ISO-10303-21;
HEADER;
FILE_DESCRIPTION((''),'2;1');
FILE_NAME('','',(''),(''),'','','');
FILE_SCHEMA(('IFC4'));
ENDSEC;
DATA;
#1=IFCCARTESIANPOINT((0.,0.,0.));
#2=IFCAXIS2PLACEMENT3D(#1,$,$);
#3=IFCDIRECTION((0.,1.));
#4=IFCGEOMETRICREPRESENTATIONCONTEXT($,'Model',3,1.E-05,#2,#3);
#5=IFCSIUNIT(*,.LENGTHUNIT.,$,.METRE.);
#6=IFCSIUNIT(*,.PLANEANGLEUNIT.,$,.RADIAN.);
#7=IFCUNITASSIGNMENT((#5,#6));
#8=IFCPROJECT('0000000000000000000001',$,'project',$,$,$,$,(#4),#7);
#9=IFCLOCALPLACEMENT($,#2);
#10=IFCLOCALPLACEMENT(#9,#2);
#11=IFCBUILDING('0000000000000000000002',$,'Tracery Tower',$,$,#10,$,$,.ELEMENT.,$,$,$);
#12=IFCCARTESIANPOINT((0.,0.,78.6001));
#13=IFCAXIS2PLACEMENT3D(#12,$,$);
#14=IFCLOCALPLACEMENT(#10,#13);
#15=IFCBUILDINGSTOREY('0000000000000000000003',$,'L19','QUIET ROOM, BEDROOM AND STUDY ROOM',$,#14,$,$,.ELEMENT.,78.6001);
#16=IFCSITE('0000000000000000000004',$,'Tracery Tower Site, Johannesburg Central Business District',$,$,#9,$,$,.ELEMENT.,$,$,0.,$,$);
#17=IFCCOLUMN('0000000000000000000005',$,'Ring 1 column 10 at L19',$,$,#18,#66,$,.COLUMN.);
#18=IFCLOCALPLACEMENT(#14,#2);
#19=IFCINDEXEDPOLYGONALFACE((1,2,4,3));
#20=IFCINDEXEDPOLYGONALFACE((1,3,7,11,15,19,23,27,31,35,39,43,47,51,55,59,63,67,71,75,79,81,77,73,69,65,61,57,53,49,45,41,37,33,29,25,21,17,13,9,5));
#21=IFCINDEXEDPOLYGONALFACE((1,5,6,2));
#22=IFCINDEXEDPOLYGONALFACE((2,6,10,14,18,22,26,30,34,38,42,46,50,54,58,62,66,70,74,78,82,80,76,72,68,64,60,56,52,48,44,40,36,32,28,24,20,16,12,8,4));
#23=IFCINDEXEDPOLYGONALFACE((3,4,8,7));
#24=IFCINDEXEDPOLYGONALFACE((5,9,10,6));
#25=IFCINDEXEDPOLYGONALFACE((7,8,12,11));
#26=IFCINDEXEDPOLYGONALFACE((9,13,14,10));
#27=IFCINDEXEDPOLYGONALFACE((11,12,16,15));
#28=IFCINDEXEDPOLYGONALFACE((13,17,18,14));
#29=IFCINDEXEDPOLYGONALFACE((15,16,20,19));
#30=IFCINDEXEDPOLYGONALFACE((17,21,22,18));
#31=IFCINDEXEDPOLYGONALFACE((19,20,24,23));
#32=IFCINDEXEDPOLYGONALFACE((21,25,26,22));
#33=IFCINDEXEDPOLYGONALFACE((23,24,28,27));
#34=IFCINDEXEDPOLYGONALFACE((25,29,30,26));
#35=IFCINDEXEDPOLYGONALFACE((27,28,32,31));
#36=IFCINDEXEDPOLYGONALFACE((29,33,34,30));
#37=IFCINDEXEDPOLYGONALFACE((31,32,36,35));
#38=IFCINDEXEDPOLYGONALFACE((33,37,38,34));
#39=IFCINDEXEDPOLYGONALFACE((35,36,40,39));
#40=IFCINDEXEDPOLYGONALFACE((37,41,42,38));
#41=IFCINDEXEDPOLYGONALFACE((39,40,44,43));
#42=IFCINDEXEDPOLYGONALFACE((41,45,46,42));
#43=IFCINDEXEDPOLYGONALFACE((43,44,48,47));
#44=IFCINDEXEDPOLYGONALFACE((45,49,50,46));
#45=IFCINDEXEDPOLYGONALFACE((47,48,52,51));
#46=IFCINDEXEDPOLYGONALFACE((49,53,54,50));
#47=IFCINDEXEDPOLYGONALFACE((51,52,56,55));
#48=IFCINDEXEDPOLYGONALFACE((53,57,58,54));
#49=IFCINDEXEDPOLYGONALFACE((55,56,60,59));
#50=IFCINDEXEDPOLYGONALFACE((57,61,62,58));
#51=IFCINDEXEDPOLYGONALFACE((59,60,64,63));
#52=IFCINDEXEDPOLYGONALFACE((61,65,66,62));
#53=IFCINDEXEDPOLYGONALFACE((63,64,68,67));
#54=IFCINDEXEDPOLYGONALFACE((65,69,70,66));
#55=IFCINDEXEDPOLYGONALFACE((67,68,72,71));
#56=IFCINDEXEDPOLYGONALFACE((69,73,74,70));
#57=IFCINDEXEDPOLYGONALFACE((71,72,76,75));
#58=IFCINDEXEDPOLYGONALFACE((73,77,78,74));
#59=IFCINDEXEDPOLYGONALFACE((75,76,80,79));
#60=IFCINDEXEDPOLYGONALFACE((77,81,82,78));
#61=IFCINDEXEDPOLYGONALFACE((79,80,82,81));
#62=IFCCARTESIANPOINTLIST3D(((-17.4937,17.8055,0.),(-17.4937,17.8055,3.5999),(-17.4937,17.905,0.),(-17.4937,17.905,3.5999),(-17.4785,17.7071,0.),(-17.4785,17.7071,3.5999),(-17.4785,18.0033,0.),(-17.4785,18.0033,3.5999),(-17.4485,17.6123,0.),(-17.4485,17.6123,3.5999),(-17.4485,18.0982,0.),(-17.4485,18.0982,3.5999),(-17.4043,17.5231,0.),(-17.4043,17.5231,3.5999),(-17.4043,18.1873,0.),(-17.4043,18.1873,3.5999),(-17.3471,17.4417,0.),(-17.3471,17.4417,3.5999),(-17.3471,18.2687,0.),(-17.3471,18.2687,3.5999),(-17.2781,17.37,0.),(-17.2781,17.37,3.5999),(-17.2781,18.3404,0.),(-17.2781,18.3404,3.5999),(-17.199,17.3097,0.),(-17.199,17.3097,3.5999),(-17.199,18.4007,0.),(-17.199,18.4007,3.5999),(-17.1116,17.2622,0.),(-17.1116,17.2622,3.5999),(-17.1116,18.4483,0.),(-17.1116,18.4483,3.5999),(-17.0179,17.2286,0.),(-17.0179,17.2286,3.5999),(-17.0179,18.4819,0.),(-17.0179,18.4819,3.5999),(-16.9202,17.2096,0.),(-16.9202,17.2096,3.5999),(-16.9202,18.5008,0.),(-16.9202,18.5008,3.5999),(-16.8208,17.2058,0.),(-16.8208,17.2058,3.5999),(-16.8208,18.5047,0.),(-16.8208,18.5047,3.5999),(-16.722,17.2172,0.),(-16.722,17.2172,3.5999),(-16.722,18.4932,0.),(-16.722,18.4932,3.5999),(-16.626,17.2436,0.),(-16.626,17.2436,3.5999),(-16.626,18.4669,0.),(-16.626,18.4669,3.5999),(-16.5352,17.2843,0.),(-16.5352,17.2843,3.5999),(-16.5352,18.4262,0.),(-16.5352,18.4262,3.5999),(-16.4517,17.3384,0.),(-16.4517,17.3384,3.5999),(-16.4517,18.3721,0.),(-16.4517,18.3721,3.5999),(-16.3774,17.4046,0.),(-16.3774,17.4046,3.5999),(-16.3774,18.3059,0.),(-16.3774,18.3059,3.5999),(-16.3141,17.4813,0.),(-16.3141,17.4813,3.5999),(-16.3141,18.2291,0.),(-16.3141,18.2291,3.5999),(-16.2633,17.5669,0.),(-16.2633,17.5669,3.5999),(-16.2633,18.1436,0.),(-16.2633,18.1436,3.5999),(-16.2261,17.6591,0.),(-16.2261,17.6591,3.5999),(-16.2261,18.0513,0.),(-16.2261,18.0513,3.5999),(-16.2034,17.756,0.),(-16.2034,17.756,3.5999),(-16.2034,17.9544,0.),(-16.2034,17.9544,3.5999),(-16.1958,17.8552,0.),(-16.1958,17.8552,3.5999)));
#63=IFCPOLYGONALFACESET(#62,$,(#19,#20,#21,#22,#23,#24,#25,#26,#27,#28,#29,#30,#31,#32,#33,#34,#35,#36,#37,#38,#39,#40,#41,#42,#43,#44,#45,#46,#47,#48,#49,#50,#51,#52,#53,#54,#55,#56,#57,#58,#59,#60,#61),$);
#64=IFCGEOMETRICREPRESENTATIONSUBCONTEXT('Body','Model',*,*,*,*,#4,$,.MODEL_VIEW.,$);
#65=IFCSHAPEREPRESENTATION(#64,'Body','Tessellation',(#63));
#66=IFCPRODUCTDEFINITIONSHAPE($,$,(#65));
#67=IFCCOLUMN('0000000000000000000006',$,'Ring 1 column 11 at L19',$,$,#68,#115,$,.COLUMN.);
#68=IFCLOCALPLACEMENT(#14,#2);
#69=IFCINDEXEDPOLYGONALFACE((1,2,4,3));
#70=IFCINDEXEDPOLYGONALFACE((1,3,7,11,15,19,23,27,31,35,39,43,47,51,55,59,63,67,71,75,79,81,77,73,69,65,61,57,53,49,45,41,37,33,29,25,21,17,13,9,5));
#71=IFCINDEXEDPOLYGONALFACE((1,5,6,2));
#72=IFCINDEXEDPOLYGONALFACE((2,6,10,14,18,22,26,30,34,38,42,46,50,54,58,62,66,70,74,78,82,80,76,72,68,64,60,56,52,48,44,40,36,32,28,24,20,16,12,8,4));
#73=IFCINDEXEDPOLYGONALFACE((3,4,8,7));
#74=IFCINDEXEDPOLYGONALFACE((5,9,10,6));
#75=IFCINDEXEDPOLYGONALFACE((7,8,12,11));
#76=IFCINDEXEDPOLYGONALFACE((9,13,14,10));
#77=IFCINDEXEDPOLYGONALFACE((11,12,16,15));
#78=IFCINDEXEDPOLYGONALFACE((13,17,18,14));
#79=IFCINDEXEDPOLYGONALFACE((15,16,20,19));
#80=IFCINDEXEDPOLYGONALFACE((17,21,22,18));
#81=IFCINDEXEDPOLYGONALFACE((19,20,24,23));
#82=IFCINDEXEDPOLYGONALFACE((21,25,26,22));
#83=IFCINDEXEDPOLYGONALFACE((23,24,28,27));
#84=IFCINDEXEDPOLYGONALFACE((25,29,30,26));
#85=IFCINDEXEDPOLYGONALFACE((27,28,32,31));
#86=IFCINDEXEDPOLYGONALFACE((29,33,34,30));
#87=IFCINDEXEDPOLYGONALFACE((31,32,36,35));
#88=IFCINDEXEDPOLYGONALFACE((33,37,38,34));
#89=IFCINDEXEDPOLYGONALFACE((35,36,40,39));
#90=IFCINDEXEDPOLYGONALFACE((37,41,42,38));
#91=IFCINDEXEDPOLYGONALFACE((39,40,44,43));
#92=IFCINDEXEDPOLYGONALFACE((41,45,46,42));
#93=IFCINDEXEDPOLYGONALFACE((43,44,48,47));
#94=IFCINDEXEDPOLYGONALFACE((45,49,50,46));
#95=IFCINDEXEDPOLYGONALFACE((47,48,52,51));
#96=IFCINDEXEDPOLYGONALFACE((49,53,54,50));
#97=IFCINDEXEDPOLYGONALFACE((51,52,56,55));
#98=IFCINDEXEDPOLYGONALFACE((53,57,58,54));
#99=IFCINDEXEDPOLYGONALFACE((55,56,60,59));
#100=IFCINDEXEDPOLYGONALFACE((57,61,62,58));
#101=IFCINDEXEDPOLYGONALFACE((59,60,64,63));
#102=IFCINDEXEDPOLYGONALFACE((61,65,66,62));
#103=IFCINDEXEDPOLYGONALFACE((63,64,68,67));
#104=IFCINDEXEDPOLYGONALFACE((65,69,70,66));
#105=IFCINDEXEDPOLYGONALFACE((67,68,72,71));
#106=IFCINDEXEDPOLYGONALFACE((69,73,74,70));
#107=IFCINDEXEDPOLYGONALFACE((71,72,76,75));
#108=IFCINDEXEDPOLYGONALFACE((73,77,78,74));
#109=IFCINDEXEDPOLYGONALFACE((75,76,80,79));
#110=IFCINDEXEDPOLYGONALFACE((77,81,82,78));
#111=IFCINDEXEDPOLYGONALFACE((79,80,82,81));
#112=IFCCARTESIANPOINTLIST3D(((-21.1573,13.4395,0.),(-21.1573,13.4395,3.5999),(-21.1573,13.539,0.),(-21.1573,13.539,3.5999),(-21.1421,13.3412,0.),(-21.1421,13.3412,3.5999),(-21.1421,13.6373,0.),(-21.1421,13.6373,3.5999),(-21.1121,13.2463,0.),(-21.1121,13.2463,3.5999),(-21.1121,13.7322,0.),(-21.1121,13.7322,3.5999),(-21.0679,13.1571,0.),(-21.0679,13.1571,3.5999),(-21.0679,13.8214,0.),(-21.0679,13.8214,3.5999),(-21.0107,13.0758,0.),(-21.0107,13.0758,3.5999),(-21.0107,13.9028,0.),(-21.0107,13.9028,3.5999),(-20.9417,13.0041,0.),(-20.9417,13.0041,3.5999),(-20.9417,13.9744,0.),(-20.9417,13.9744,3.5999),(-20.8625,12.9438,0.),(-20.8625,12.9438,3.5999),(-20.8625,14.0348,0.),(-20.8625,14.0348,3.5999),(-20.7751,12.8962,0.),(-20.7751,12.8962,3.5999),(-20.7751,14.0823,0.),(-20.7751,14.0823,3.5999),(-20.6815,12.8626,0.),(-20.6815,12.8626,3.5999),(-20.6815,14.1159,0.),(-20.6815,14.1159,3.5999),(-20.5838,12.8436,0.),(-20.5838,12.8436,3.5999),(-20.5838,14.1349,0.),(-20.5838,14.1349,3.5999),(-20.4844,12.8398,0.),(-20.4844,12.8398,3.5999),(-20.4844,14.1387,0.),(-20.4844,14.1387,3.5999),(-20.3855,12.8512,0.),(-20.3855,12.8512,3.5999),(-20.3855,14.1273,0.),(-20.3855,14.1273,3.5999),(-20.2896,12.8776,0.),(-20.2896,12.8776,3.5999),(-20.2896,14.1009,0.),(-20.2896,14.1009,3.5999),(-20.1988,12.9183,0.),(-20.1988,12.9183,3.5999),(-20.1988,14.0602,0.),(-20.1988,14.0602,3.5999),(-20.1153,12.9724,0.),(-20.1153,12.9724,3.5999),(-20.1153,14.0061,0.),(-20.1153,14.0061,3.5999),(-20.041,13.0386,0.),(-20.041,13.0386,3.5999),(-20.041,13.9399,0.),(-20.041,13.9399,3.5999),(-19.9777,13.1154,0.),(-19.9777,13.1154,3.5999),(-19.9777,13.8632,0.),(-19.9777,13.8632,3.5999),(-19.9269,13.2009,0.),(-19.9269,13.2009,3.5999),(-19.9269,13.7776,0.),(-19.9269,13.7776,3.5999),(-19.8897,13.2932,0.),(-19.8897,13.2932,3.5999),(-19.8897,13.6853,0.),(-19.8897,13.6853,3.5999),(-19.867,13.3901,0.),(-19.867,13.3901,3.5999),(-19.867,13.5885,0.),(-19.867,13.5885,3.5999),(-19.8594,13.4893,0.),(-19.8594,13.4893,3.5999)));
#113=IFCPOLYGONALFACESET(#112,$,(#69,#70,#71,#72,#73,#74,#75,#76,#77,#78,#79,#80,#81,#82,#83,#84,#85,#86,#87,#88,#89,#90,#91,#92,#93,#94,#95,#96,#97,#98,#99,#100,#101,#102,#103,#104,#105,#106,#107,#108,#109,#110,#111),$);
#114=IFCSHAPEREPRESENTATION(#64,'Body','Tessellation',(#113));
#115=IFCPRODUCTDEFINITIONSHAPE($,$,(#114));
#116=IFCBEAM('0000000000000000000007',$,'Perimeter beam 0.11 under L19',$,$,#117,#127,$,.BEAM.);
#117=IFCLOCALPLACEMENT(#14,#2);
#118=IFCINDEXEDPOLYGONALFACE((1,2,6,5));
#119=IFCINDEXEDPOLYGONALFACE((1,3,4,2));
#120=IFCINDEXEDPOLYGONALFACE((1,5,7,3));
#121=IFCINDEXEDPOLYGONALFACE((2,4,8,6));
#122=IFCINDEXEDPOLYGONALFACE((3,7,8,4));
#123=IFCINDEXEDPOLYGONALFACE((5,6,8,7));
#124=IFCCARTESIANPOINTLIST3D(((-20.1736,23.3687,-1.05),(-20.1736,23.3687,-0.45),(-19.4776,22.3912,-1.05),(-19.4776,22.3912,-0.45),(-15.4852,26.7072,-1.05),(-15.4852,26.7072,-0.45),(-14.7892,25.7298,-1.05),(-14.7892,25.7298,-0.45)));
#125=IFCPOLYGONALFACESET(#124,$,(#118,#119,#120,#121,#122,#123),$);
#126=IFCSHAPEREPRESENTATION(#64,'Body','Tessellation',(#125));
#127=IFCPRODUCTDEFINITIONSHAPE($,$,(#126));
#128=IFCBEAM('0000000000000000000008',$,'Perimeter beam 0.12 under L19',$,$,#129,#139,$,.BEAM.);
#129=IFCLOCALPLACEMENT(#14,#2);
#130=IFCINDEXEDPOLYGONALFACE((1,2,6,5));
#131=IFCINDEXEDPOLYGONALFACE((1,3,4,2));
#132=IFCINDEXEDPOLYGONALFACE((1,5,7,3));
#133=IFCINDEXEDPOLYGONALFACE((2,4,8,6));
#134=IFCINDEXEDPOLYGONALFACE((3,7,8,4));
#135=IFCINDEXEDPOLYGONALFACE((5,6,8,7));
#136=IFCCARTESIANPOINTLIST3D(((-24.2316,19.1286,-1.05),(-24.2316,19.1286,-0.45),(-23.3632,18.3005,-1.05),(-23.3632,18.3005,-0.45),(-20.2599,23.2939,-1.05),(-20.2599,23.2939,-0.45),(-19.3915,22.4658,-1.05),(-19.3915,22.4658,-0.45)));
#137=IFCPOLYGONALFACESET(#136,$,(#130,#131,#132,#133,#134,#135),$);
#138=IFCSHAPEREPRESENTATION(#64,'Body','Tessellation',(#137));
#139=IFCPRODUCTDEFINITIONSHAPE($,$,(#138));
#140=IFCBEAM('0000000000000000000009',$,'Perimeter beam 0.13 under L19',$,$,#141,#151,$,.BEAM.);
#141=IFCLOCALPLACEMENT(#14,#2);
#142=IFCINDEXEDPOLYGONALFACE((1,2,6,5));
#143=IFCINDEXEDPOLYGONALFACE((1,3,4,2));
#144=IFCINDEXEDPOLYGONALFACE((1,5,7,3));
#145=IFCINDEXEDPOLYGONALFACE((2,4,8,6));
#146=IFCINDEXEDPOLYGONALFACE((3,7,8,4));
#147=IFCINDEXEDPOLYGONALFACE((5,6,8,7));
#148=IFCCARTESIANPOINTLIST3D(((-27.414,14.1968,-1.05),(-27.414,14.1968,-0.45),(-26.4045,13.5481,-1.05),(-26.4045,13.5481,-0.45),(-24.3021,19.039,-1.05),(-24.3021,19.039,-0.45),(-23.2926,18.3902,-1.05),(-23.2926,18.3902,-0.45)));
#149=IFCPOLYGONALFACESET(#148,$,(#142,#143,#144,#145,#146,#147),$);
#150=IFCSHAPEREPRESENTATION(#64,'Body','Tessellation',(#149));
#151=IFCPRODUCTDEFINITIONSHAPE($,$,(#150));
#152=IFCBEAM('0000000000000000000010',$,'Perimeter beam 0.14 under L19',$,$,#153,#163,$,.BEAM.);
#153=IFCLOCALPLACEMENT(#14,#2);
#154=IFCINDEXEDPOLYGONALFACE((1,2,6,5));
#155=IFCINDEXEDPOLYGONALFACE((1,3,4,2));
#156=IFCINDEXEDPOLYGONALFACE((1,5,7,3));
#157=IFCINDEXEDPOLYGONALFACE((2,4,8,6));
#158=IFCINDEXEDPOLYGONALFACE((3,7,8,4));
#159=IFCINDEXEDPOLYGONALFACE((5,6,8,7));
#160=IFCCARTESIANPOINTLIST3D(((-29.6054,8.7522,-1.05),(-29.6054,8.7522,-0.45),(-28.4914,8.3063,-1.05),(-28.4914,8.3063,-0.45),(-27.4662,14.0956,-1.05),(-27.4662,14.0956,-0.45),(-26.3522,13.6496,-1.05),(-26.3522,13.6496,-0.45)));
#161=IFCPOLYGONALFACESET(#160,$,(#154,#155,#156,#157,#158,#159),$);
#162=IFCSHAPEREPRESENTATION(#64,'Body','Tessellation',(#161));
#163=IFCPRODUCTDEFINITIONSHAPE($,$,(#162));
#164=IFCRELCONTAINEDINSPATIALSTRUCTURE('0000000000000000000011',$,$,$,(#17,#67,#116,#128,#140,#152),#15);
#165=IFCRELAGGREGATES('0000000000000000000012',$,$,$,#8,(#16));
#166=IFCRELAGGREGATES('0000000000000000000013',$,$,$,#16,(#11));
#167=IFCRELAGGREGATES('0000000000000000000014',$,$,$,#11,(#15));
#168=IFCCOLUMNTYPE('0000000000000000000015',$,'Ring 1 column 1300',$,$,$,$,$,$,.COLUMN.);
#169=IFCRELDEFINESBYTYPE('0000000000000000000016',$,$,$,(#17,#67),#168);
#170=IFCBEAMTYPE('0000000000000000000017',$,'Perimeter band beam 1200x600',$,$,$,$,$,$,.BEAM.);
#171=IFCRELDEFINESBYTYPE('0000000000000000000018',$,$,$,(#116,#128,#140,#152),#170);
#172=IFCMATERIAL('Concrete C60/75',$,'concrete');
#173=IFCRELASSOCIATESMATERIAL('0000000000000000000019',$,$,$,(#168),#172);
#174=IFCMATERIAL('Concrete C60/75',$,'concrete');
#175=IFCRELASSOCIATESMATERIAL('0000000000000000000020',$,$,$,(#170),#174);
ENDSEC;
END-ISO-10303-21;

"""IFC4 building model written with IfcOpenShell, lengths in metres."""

from ifc_helpers import new_model, si_unit, direction, frame, origin, origin_2d, place, context, subcontext, project, spatial, rectangle, circle, extrude, material, material_profile, profile_set, type_object, element, save


model = new_model("IFC4")

# Units and contexts
model_context = context("Model", 3, precision=1e-05, world=origin(), true_north=direction((0.0, 1.0)))
body_context = subcontext(model_context, "Body", "Model", "MODEL_VIEW")
ifc_project = project(units=[si_unit("LENGTHUNIT", "METRE"), si_unit("PLANEANGLEUNIT", "RADIAN")], contexts=[model_context])

# Site, building, storey
site_placement = place(None, origin())
site = spatial("IfcSite", under=ifc_project, at=site_placement, Name="Tracery Tower Site, Johannesburg Central Business District", CompositionType="ELEMENT", RefElevation=0.0)
building_placement = place(site_placement, origin())
building = spatial("IfcBuilding", under=site, at=building_placement, Name="Tracery Tower", CompositionType="ELEMENT")
storey_placement = place(building_placement, frame((0.0, 0.0, 78.6001)))
storey = spatial("IfcBuildingStorey", under=building, at=storey_placement, Name="L19", Description="QUIET ROOM, BEDROOM AND STUDY ROOM", CompositionType="ELEMENT", Elevation=78.6001)

# Columns
ifc_material_1 = material(Name="Concrete C60/75", Category="concrete")
ifc_material_profile_1 = material_profile(ifc_material_1, circle(Radius=0.6499, at=origin_2d()), Name="RC D1300")
ifc_profile_set_1 = profile_set([ifc_material_profile_1], Name="Concrete C60/75")
column_type_1 = type_object("IfcColumnType", Name="Ring 1 column 1300", PredefinedType="COLUMN", material=ifc_profile_set_1)
for number, where, z_axis, x_axis, name in (
    (1, (-16.8457, 17.8552, 0.0), (0.0, 0.0, 1.0), (1.0, 0.0, 0.0), "Ring 1 column 10 at L19"),
    (2, (-20.5093, 13.4893, 0.0), (0.0, 0.0, 1.0), (1.0, 0.0, 0.0), "Ring 1 column 11 at L19"),
):
    element("IfcColumn", number, at=place(storey_placement, frame(where, z_axis=z_axis, x_axis=x_axis)), inside=storey, type_object=column_type_1, Name=name, PredefinedType="COLUMN", context=body_context, shape_type="SweptSolid", body=[
        extrude(circle(Radius=0.6499, at=origin_2d()), origin(), (0.0, 0.0, 1.0), 3.5999),
    ])

# Beams
ifc_material_2 = material(Name="Concrete C60/75", Category="concrete")
ifc_material_profile_2 = material_profile(ifc_material_2, rectangle(XDim=1.2, YDim=0.6001, at=origin_2d()), Name="RC 1200x600")
ifc_profile_set_2 = profile_set([ifc_material_profile_2], Name="Concrete C60/75")
beam_type = type_object("IfcBeamType", Name="Perimeter band beam 1200x600", PredefinedType="BEAM", material=ifc_profile_set_2)
beam_1_placement = place(storey_placement, frame((-15.1372, 26.2185, -0.75), z_axis=(-0.814578, -0.580054, 0.0), x_axis=(0.580054, -0.814578, 0.0)))
element("IfcBeam", 3, at=beam_1_placement, inside=storey, type_object=beam_type, Name="Perimeter beam 0.11 under L19", PredefinedType="BEAM", context=body_context, shape_type="SweptSolid", body=[
    extrude(rectangle(XDim=1.2, YDim=0.6001, at=origin_2d()), origin(), (0.0, 0.0, 1.0), 5.7556),
])
beam_2_placement = place(storey_placement, frame((-19.8257, 22.8799, -0.75), z_axis=(-0.690087, -0.723726, 0.0), x_axis=(0.723726, -0.690087, 0.0)))
element("IfcBeam", 4, at=beam_2_placement, inside=storey, type_object=beam_type, Name="Perimeter beam 0.12 under L19", PredefinedType="BEAM", context=body_context, shape_type="SweptSolid", body=[
    extrude(rectangle(XDim=1.2, YDim=0.6001, at=origin_2d()), origin(), (0.0, 0.0, 1.0), 5.7554),
])
beam_3_placement = place(storey_placement, frame((-23.7974, 18.7146, -0.75), z_axis=(-0.540644, -0.841252, 0.0), x_axis=(0.841252, -0.540644, 0.0)))
element("IfcBeam", 5, at=beam_3_placement, inside=storey, type_object=beam_type, Name="Perimeter beam 0.13 under L19", PredefinedType="BEAM", context=body_context, shape_type="SweptSolid", body=[
    extrude(rectangle(XDim=1.2, YDim=0.6001, at=origin_2d()), origin(), (0.0, 0.0, 1.0), 5.7559),
])
beam_4_placement = place(storey_placement, frame((-26.9092, 13.8726, -0.75), z_axis=(-0.371669, -0.928365, 0.0), x_axis=(0.928365, -0.371669, 0.0)))
element("IfcBeam", 6, at=beam_4_placement, inside=storey, type_object=beam_type, Name="Perimeter beam 0.14 under L19", PredefinedType="BEAM", context=body_context, shape_type="SweptSolid", body=[
    extrude(rectangle(XDim=1.2, YDim=0.6001, at=origin_2d()), origin(), (0.0, 0.0, 1.0), 5.7556),
])

save(model, "model.ifc")
